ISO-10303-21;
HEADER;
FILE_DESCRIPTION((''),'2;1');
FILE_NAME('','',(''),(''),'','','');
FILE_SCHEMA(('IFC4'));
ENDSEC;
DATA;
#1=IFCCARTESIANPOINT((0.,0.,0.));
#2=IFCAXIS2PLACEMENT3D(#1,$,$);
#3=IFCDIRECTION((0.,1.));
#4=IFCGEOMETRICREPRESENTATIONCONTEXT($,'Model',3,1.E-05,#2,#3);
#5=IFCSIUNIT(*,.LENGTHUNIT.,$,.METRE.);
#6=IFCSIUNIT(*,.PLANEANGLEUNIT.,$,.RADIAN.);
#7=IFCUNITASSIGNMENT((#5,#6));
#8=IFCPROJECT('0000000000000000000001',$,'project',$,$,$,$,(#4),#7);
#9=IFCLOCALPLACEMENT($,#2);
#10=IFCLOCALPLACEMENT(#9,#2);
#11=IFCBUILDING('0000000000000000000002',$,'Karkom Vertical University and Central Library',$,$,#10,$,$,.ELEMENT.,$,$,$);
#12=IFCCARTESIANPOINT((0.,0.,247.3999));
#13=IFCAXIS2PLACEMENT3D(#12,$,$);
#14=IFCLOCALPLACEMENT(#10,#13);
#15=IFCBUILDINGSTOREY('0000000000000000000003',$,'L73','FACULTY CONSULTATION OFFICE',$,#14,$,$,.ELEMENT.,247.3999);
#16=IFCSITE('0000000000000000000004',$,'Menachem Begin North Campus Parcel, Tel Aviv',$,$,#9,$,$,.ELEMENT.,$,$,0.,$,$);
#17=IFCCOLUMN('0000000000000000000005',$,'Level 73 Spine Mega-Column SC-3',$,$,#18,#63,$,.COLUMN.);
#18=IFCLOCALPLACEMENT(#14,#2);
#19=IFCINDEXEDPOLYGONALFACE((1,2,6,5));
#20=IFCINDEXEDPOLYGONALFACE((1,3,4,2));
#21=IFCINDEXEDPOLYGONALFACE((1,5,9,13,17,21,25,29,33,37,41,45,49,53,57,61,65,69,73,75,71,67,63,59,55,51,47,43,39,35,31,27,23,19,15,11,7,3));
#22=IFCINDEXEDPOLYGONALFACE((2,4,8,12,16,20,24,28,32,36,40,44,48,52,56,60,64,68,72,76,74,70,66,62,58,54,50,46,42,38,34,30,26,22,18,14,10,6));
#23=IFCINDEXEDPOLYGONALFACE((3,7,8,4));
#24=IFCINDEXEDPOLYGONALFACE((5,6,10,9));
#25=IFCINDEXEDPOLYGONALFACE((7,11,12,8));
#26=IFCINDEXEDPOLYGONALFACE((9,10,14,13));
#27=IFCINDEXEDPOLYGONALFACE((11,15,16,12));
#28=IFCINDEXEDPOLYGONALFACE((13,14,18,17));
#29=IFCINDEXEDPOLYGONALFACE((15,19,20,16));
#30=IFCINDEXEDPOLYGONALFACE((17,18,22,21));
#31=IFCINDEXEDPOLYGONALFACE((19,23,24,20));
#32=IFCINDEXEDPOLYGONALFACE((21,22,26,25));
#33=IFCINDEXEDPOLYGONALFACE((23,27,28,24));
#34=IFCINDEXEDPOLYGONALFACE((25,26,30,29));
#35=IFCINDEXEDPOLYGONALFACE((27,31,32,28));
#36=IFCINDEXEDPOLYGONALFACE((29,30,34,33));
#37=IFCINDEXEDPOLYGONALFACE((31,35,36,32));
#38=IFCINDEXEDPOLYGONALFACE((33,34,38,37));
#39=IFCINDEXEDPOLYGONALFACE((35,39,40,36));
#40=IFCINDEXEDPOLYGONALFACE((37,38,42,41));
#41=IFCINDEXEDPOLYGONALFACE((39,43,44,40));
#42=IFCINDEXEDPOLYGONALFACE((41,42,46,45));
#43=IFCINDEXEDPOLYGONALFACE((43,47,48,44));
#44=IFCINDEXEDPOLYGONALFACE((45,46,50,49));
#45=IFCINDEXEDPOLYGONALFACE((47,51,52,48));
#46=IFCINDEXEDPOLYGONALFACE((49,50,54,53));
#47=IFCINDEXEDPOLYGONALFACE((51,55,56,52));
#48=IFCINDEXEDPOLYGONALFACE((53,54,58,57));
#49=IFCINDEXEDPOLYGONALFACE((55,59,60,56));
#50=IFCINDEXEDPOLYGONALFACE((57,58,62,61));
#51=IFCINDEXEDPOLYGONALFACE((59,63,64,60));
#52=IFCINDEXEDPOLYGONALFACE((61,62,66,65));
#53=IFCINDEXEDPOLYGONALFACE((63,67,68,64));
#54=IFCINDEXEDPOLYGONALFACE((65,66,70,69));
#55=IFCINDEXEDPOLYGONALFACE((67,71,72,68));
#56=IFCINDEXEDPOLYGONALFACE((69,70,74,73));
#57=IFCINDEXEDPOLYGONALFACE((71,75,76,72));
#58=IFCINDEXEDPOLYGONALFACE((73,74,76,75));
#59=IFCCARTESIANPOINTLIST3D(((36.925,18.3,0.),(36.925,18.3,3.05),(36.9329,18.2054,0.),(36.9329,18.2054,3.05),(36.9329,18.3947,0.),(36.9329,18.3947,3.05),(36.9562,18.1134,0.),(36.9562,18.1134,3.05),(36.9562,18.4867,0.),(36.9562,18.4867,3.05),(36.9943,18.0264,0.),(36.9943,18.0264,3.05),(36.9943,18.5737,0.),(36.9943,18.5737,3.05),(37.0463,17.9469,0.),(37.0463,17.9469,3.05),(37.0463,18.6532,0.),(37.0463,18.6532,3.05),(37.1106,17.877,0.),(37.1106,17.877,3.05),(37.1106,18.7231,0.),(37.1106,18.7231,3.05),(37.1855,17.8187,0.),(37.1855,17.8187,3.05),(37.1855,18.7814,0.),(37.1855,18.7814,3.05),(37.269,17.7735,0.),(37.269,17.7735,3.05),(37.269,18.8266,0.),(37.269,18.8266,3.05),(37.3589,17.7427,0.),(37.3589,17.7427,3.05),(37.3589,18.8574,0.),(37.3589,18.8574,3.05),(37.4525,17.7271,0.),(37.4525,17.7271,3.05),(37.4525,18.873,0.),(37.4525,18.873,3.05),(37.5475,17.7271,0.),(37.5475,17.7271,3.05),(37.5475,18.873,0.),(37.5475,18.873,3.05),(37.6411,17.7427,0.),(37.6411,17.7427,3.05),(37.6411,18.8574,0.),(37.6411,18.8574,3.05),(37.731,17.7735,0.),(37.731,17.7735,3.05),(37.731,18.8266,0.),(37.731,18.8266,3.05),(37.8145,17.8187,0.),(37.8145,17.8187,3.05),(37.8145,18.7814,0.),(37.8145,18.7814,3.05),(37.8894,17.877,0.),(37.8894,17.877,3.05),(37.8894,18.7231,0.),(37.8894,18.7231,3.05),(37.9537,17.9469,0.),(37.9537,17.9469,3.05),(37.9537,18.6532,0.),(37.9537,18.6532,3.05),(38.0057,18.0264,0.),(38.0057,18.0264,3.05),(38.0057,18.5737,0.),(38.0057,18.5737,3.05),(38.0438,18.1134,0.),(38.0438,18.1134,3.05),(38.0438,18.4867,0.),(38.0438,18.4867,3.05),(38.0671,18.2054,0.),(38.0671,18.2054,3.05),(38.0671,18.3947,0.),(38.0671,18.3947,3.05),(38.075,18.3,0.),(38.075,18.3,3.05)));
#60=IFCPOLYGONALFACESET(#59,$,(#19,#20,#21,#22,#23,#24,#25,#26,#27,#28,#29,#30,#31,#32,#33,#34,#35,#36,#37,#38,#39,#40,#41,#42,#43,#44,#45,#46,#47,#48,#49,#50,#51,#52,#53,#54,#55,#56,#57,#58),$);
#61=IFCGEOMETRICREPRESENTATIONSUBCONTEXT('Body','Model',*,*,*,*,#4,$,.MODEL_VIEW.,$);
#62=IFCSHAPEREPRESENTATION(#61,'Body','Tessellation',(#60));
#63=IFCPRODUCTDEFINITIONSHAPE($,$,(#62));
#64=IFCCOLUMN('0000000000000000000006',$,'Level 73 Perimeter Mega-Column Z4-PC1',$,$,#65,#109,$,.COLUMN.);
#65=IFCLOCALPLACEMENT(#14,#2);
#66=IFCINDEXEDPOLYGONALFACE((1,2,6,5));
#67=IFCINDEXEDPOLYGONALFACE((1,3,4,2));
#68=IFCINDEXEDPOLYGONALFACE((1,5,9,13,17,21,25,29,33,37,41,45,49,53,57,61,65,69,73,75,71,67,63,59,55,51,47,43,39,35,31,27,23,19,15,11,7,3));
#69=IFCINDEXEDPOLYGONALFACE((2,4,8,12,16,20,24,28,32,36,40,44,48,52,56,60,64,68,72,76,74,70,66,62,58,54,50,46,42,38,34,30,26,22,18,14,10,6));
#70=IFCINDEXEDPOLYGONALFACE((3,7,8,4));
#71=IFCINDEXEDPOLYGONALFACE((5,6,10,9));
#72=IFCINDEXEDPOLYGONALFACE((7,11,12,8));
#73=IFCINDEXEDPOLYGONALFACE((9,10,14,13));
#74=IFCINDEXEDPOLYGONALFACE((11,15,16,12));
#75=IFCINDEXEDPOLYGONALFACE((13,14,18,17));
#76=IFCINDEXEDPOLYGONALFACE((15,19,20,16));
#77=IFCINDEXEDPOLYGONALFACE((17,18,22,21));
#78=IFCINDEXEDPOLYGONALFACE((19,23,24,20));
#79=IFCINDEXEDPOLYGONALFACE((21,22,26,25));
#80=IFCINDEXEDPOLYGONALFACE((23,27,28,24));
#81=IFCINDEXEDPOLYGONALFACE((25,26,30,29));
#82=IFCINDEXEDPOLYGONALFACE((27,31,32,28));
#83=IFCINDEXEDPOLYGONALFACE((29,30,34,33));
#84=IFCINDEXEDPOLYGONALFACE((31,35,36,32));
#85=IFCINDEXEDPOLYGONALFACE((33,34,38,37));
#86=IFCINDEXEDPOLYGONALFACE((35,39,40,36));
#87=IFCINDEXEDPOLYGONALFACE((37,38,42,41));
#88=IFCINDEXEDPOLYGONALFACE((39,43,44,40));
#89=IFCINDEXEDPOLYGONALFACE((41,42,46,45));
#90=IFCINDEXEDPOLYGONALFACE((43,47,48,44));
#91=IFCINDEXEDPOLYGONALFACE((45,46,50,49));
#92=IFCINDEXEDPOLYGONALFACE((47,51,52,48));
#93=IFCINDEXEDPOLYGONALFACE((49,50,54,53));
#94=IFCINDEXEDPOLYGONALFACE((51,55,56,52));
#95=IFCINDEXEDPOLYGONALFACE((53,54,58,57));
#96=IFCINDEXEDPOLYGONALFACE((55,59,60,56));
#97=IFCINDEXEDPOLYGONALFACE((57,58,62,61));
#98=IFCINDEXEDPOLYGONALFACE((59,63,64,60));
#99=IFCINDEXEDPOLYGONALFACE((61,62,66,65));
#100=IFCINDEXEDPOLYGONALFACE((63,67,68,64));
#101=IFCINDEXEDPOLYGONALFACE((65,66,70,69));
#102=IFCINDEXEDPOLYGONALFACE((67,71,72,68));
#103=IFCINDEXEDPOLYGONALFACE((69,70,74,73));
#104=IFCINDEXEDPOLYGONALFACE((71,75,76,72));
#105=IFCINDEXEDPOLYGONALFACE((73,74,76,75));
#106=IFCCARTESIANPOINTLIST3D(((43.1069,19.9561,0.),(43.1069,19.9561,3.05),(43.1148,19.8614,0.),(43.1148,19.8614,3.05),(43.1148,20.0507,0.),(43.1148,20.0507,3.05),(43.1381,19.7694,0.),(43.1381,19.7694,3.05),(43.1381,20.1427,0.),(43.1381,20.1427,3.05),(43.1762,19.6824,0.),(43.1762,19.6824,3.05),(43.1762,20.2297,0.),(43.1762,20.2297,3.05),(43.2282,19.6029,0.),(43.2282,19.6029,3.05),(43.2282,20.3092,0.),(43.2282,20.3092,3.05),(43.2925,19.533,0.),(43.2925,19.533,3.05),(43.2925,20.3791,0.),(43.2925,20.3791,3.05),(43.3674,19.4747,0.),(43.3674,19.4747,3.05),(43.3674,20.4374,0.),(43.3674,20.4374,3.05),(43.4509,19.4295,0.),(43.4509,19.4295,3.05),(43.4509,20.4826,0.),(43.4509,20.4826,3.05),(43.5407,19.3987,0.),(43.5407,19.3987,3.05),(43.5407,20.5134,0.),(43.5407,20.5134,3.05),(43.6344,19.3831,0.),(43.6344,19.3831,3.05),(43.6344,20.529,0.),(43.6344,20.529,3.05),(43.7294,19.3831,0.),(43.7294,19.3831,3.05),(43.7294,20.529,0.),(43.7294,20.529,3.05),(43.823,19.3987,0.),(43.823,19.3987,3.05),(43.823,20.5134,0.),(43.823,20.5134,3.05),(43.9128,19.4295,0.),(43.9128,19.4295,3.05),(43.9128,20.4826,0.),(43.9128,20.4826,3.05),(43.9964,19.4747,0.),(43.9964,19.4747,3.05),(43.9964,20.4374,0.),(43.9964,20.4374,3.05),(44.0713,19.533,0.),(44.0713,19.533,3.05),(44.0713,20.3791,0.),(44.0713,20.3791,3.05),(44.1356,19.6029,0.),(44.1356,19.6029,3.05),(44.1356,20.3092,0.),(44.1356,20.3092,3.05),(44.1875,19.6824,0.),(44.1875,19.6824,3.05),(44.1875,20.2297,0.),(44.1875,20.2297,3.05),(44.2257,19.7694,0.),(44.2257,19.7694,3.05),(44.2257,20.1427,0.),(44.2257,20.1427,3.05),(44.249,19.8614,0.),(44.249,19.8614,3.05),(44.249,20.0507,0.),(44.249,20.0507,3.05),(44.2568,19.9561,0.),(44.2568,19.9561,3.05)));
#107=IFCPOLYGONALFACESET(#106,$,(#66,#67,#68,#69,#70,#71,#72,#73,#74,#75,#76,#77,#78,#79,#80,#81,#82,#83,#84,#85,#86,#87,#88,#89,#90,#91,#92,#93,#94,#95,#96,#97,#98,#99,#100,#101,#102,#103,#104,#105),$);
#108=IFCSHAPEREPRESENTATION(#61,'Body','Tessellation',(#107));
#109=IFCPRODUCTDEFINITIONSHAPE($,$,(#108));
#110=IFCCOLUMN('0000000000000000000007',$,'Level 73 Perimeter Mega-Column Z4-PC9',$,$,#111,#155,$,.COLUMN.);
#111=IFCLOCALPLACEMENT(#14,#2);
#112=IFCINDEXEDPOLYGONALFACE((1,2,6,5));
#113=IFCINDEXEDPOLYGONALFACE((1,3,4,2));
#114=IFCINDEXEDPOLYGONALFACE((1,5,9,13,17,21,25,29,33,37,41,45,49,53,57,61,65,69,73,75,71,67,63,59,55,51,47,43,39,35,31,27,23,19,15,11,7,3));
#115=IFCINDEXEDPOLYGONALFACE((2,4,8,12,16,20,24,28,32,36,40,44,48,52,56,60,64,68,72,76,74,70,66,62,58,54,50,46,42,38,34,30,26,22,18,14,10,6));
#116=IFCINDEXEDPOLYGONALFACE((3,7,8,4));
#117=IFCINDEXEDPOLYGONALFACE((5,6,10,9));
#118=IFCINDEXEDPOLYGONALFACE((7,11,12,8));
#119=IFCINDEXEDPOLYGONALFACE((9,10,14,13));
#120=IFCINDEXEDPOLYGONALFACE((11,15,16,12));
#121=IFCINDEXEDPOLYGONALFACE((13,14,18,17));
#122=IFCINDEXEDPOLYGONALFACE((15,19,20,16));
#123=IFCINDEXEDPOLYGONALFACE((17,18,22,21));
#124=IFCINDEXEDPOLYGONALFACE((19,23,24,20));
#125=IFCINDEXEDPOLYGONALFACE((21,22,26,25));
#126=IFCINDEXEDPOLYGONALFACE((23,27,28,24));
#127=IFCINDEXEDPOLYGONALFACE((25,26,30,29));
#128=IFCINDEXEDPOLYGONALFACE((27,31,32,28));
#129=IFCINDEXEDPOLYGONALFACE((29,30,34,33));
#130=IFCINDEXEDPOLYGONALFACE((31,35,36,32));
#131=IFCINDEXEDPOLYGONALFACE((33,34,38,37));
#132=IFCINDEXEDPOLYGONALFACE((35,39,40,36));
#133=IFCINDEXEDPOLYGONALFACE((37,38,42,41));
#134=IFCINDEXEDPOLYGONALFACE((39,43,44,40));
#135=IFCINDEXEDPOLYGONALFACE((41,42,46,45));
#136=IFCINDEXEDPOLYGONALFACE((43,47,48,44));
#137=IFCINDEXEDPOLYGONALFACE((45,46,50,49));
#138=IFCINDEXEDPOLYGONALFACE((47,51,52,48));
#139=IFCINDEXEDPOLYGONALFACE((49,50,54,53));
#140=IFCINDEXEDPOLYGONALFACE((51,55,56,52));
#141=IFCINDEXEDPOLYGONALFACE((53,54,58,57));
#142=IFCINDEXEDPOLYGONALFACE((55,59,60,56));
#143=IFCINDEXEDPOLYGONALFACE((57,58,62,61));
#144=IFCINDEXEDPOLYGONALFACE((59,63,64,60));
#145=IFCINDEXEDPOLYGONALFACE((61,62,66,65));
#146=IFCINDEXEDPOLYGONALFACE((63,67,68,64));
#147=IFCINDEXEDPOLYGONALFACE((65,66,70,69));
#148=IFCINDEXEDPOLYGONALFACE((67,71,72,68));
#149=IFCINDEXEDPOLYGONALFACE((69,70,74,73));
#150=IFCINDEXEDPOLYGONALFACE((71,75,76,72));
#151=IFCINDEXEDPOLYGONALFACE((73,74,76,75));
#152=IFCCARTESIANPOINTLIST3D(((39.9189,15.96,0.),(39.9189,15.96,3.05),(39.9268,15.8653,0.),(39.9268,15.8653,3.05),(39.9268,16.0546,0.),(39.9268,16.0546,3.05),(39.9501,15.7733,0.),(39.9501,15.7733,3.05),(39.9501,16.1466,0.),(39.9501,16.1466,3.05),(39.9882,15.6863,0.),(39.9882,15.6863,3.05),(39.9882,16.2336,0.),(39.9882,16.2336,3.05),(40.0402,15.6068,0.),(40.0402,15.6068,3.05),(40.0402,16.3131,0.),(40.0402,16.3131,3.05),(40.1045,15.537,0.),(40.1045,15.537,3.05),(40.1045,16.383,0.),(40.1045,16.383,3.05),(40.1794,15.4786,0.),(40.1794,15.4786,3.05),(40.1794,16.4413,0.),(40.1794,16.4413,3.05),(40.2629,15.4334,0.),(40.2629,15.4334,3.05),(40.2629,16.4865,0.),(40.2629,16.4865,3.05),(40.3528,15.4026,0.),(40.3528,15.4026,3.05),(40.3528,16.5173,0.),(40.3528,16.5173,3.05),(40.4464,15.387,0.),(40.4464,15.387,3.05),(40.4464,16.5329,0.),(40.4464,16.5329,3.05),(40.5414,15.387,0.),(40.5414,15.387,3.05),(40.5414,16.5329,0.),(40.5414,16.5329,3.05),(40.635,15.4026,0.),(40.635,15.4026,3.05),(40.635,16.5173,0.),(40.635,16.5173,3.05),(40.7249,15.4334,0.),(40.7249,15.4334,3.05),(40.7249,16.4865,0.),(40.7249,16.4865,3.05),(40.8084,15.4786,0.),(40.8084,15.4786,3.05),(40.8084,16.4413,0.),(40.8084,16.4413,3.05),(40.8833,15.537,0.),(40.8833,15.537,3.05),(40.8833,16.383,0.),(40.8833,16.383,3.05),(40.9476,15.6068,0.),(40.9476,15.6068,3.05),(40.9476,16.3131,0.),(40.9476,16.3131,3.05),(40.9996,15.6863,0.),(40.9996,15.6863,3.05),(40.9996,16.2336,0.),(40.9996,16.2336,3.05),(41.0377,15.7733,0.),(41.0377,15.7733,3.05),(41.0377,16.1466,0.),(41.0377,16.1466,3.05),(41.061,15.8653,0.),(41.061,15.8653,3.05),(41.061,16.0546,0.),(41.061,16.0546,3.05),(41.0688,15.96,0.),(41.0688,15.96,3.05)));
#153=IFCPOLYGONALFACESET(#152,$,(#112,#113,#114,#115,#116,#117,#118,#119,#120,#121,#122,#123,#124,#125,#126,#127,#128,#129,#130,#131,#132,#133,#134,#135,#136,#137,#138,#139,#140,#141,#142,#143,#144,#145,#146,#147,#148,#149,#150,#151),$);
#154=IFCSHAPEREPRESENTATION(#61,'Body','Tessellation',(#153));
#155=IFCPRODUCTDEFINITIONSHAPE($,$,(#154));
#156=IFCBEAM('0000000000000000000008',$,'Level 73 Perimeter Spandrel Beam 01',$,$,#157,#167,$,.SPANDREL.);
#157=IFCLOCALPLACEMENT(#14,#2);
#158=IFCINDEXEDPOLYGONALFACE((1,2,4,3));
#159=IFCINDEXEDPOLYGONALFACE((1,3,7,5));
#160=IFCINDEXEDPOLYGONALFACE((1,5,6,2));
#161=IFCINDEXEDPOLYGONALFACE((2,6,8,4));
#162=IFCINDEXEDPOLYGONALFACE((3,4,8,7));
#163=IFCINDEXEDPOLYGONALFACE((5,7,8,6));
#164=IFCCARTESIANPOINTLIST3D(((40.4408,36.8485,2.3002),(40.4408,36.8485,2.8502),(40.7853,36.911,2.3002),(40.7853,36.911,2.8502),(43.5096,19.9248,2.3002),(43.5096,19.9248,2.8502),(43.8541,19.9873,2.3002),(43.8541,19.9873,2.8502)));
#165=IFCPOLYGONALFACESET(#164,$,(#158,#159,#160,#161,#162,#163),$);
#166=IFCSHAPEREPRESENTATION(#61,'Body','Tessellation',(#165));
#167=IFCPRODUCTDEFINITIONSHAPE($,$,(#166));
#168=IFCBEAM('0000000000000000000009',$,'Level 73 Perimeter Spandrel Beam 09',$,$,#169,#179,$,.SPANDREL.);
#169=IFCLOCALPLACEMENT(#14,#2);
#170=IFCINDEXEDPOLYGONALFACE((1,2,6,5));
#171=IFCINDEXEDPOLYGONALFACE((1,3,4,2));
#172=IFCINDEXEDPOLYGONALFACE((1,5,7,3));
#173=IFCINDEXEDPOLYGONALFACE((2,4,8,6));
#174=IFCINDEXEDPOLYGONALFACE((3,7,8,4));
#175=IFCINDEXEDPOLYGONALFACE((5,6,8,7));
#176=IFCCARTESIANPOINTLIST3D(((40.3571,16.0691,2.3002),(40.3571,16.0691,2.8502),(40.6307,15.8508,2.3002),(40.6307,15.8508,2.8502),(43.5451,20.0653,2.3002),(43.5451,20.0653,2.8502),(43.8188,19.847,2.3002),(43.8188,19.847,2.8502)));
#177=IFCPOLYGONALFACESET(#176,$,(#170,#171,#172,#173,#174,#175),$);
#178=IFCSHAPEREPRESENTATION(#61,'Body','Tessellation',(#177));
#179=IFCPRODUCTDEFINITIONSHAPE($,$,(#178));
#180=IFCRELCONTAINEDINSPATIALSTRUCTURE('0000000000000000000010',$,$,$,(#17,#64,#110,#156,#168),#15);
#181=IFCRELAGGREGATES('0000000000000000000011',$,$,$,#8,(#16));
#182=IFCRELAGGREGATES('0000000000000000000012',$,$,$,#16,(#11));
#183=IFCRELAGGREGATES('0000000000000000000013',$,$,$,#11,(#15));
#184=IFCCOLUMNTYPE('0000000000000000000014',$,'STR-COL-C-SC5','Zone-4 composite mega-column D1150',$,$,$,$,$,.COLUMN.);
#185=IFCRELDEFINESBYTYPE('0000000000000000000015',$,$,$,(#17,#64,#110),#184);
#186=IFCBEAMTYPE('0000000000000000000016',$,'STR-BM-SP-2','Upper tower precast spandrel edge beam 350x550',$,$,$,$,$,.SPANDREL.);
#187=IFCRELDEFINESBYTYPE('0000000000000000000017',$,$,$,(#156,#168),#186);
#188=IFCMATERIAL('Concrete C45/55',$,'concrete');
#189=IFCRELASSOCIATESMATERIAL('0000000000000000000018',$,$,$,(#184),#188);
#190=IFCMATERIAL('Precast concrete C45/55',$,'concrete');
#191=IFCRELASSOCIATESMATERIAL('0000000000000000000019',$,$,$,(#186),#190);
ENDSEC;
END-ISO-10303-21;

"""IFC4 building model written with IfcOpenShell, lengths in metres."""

from ifc_helpers import new_model, si_unit, direction, frame, origin, origin_with_axes, origin_2d, place, context, subcontext, project, spatial, rectangle, circle, extrude, source, transform, mapped, material, material_profile, profile_set, type_object, element, save


model = new_model("IFC4")

# Units and contexts
model_context = context("Model", 3, precision=1e-05, world=origin(), true_north=direction((0.0, 1.0)))
body_context = subcontext(model_context, "Body", "Model", "MODEL_VIEW")
ifc_project = project(units=[si_unit("LENGTHUNIT", "METRE"), si_unit("PLANEANGLEUNIT", "RADIAN")], contexts=[model_context])

# Site, building, storey
site_placement = place(None, origin())
site = spatial("IfcSite", under=ifc_project, at=site_placement, Name="Menachem Begin North Campus Parcel, Tel Aviv", CompositionType="ELEMENT", RefElevation=0.0)
building_placement = place(site_placement, origin())
building = spatial("IfcBuilding", under=site, at=building_placement, Name="Karkom Vertical University and Central Library", CompositionType="ELEMENT")
storey_placement = place(building_placement, frame((0.0, 0.0, 247.3999)))
storey = spatial("IfcBuildingStorey", under=building, at=storey_placement, Name="L73", Description="FACULTY CONSULTATION OFFICE", CompositionType="ELEMENT", Elevation=247.3999)

# Columns
ifc_material_1 = material(Name="Concrete C45/55", Category="concrete")
ifc_material_profile_1 = material_profile(ifc_material_1, circle(Radius=0.575, at=origin_2d()), Name="CFT-D1150")
ifc_profile_set_1 = profile_set([ifc_material_profile_1], Name="Concrete C45/55")
column_type = type_object("IfcColumnType", Name="STR-COL-C-SC5", Description="Zone-4 composite mega-column D1150", PredefinedType="COLUMN", material=ifc_profile_set_1)
shared_shape_1 = source(origin_with_axes(), body_context, "Body", "SweptSolid", [
    extrude(circle(Radius=0.575, at=origin_2d()), origin(), (0.0, 0.0, 1.0), 3.05),
])
for number, where, z_axis, x_axis, name in (
    (1, (37.5, 18.3, 0.0), (0.0, 0.0, 1.0), (1.0, 0.0, 0.0), "Level 73 Spine Mega-Column SC-3"),
    (2, (43.6819, 19.9561, 0.0), (0.0, 0.0, 1.0), (1.0, 0.0, 0.0), "Level 73 Perimeter Mega-Column Z4-PC1"),
    (3, (40.4939, 15.96, 0.0), (0.0, 0.0, 1.0), (1.0, 0.0, 0.0), "Level 73 Perimeter Mega-Column Z4-PC9"),
):
    element("IfcColumn", number, at=place(storey_placement, frame(where, z_axis=z_axis, x_axis=x_axis)), inside=storey, type_object=column_type, Name=name, PredefinedType="COLUMN", context=body_context, shape_type="MappedRepresentation", body=[
        mapped(shared_shape_1, transform((0.0, 0.0, 0.0), scale=1.0)),
    ])

# Beams
ifc_material_2 = material(Name="Precast concrete C45/55", Category="concrete")
ifc_material_profile_2 = material_profile(ifc_material_2, rectangle(XDim=0.3501, YDim=0.55, at=origin_2d()), Name="SPB-350x550")
ifc_profile_set_2 = profile_set([ifc_material_profile_2], Name="Precast concrete C45/55")
beam_type_1 = type_object("IfcBeamType", Name="STR-BM-SP-2", Description="Upper tower precast spandrel edge beam 350x550", PredefinedType="SPANDREL", material=ifc_profile_set_2)
shared_shape_2 = source(origin_with_axes(), body_context, "Body", "SweptSolid", [
    extrude(rectangle(XDim=0.3501, YDim=0.55, at=origin_2d()), origin(), (0.0, 0.0, 1.0), 17.1997),
])
beam_1_placement = place(storey_placement, frame((43.6819, 19.9561, 2.5752), z_axis=(-0.178423, 0.983954, 0.0), x_axis=(-0.983954, -0.178423, 0.0)))
element("IfcBeam", 4, at=beam_1_placement, inside=storey, type_object=beam_type_1, Name="Level 73 Perimeter Spandrel Beam 01", PredefinedType="SPANDREL", context=body_context, shape_type="MappedRepresentation", body=[
    mapped(shared_shape_2, transform((0.0, 0.0, 0.0), scale=1.0)),
])
shared_shape_3 = source(origin_with_axes(), body_context, "Body", "SweptSolid", [
    extrude(rectangle(XDim=0.3501, YDim=0.55, at=origin_2d()), origin(), (0.0, 0.0, 1.0), 5.1121),
])
beam_2_placement = place(storey_placement, frame((40.4939, 15.96, 2.5752), z_axis=(0.623634, 0.781716, 0.0), x_axis=(-0.781716, 0.623634, 0.0)))
element("IfcBeam", 5, at=beam_2_placement, inside=storey, type_object=beam_type_1, Name="Level 73 Perimeter Spandrel Beam 09", PredefinedType="SPANDREL", context=body_context, shape_type="MappedRepresentation", body=[
    mapped(shared_shape_3, transform((0.0, 0.0, 0.0), scale=1.0)),
])

save(model, "model.ifc")
